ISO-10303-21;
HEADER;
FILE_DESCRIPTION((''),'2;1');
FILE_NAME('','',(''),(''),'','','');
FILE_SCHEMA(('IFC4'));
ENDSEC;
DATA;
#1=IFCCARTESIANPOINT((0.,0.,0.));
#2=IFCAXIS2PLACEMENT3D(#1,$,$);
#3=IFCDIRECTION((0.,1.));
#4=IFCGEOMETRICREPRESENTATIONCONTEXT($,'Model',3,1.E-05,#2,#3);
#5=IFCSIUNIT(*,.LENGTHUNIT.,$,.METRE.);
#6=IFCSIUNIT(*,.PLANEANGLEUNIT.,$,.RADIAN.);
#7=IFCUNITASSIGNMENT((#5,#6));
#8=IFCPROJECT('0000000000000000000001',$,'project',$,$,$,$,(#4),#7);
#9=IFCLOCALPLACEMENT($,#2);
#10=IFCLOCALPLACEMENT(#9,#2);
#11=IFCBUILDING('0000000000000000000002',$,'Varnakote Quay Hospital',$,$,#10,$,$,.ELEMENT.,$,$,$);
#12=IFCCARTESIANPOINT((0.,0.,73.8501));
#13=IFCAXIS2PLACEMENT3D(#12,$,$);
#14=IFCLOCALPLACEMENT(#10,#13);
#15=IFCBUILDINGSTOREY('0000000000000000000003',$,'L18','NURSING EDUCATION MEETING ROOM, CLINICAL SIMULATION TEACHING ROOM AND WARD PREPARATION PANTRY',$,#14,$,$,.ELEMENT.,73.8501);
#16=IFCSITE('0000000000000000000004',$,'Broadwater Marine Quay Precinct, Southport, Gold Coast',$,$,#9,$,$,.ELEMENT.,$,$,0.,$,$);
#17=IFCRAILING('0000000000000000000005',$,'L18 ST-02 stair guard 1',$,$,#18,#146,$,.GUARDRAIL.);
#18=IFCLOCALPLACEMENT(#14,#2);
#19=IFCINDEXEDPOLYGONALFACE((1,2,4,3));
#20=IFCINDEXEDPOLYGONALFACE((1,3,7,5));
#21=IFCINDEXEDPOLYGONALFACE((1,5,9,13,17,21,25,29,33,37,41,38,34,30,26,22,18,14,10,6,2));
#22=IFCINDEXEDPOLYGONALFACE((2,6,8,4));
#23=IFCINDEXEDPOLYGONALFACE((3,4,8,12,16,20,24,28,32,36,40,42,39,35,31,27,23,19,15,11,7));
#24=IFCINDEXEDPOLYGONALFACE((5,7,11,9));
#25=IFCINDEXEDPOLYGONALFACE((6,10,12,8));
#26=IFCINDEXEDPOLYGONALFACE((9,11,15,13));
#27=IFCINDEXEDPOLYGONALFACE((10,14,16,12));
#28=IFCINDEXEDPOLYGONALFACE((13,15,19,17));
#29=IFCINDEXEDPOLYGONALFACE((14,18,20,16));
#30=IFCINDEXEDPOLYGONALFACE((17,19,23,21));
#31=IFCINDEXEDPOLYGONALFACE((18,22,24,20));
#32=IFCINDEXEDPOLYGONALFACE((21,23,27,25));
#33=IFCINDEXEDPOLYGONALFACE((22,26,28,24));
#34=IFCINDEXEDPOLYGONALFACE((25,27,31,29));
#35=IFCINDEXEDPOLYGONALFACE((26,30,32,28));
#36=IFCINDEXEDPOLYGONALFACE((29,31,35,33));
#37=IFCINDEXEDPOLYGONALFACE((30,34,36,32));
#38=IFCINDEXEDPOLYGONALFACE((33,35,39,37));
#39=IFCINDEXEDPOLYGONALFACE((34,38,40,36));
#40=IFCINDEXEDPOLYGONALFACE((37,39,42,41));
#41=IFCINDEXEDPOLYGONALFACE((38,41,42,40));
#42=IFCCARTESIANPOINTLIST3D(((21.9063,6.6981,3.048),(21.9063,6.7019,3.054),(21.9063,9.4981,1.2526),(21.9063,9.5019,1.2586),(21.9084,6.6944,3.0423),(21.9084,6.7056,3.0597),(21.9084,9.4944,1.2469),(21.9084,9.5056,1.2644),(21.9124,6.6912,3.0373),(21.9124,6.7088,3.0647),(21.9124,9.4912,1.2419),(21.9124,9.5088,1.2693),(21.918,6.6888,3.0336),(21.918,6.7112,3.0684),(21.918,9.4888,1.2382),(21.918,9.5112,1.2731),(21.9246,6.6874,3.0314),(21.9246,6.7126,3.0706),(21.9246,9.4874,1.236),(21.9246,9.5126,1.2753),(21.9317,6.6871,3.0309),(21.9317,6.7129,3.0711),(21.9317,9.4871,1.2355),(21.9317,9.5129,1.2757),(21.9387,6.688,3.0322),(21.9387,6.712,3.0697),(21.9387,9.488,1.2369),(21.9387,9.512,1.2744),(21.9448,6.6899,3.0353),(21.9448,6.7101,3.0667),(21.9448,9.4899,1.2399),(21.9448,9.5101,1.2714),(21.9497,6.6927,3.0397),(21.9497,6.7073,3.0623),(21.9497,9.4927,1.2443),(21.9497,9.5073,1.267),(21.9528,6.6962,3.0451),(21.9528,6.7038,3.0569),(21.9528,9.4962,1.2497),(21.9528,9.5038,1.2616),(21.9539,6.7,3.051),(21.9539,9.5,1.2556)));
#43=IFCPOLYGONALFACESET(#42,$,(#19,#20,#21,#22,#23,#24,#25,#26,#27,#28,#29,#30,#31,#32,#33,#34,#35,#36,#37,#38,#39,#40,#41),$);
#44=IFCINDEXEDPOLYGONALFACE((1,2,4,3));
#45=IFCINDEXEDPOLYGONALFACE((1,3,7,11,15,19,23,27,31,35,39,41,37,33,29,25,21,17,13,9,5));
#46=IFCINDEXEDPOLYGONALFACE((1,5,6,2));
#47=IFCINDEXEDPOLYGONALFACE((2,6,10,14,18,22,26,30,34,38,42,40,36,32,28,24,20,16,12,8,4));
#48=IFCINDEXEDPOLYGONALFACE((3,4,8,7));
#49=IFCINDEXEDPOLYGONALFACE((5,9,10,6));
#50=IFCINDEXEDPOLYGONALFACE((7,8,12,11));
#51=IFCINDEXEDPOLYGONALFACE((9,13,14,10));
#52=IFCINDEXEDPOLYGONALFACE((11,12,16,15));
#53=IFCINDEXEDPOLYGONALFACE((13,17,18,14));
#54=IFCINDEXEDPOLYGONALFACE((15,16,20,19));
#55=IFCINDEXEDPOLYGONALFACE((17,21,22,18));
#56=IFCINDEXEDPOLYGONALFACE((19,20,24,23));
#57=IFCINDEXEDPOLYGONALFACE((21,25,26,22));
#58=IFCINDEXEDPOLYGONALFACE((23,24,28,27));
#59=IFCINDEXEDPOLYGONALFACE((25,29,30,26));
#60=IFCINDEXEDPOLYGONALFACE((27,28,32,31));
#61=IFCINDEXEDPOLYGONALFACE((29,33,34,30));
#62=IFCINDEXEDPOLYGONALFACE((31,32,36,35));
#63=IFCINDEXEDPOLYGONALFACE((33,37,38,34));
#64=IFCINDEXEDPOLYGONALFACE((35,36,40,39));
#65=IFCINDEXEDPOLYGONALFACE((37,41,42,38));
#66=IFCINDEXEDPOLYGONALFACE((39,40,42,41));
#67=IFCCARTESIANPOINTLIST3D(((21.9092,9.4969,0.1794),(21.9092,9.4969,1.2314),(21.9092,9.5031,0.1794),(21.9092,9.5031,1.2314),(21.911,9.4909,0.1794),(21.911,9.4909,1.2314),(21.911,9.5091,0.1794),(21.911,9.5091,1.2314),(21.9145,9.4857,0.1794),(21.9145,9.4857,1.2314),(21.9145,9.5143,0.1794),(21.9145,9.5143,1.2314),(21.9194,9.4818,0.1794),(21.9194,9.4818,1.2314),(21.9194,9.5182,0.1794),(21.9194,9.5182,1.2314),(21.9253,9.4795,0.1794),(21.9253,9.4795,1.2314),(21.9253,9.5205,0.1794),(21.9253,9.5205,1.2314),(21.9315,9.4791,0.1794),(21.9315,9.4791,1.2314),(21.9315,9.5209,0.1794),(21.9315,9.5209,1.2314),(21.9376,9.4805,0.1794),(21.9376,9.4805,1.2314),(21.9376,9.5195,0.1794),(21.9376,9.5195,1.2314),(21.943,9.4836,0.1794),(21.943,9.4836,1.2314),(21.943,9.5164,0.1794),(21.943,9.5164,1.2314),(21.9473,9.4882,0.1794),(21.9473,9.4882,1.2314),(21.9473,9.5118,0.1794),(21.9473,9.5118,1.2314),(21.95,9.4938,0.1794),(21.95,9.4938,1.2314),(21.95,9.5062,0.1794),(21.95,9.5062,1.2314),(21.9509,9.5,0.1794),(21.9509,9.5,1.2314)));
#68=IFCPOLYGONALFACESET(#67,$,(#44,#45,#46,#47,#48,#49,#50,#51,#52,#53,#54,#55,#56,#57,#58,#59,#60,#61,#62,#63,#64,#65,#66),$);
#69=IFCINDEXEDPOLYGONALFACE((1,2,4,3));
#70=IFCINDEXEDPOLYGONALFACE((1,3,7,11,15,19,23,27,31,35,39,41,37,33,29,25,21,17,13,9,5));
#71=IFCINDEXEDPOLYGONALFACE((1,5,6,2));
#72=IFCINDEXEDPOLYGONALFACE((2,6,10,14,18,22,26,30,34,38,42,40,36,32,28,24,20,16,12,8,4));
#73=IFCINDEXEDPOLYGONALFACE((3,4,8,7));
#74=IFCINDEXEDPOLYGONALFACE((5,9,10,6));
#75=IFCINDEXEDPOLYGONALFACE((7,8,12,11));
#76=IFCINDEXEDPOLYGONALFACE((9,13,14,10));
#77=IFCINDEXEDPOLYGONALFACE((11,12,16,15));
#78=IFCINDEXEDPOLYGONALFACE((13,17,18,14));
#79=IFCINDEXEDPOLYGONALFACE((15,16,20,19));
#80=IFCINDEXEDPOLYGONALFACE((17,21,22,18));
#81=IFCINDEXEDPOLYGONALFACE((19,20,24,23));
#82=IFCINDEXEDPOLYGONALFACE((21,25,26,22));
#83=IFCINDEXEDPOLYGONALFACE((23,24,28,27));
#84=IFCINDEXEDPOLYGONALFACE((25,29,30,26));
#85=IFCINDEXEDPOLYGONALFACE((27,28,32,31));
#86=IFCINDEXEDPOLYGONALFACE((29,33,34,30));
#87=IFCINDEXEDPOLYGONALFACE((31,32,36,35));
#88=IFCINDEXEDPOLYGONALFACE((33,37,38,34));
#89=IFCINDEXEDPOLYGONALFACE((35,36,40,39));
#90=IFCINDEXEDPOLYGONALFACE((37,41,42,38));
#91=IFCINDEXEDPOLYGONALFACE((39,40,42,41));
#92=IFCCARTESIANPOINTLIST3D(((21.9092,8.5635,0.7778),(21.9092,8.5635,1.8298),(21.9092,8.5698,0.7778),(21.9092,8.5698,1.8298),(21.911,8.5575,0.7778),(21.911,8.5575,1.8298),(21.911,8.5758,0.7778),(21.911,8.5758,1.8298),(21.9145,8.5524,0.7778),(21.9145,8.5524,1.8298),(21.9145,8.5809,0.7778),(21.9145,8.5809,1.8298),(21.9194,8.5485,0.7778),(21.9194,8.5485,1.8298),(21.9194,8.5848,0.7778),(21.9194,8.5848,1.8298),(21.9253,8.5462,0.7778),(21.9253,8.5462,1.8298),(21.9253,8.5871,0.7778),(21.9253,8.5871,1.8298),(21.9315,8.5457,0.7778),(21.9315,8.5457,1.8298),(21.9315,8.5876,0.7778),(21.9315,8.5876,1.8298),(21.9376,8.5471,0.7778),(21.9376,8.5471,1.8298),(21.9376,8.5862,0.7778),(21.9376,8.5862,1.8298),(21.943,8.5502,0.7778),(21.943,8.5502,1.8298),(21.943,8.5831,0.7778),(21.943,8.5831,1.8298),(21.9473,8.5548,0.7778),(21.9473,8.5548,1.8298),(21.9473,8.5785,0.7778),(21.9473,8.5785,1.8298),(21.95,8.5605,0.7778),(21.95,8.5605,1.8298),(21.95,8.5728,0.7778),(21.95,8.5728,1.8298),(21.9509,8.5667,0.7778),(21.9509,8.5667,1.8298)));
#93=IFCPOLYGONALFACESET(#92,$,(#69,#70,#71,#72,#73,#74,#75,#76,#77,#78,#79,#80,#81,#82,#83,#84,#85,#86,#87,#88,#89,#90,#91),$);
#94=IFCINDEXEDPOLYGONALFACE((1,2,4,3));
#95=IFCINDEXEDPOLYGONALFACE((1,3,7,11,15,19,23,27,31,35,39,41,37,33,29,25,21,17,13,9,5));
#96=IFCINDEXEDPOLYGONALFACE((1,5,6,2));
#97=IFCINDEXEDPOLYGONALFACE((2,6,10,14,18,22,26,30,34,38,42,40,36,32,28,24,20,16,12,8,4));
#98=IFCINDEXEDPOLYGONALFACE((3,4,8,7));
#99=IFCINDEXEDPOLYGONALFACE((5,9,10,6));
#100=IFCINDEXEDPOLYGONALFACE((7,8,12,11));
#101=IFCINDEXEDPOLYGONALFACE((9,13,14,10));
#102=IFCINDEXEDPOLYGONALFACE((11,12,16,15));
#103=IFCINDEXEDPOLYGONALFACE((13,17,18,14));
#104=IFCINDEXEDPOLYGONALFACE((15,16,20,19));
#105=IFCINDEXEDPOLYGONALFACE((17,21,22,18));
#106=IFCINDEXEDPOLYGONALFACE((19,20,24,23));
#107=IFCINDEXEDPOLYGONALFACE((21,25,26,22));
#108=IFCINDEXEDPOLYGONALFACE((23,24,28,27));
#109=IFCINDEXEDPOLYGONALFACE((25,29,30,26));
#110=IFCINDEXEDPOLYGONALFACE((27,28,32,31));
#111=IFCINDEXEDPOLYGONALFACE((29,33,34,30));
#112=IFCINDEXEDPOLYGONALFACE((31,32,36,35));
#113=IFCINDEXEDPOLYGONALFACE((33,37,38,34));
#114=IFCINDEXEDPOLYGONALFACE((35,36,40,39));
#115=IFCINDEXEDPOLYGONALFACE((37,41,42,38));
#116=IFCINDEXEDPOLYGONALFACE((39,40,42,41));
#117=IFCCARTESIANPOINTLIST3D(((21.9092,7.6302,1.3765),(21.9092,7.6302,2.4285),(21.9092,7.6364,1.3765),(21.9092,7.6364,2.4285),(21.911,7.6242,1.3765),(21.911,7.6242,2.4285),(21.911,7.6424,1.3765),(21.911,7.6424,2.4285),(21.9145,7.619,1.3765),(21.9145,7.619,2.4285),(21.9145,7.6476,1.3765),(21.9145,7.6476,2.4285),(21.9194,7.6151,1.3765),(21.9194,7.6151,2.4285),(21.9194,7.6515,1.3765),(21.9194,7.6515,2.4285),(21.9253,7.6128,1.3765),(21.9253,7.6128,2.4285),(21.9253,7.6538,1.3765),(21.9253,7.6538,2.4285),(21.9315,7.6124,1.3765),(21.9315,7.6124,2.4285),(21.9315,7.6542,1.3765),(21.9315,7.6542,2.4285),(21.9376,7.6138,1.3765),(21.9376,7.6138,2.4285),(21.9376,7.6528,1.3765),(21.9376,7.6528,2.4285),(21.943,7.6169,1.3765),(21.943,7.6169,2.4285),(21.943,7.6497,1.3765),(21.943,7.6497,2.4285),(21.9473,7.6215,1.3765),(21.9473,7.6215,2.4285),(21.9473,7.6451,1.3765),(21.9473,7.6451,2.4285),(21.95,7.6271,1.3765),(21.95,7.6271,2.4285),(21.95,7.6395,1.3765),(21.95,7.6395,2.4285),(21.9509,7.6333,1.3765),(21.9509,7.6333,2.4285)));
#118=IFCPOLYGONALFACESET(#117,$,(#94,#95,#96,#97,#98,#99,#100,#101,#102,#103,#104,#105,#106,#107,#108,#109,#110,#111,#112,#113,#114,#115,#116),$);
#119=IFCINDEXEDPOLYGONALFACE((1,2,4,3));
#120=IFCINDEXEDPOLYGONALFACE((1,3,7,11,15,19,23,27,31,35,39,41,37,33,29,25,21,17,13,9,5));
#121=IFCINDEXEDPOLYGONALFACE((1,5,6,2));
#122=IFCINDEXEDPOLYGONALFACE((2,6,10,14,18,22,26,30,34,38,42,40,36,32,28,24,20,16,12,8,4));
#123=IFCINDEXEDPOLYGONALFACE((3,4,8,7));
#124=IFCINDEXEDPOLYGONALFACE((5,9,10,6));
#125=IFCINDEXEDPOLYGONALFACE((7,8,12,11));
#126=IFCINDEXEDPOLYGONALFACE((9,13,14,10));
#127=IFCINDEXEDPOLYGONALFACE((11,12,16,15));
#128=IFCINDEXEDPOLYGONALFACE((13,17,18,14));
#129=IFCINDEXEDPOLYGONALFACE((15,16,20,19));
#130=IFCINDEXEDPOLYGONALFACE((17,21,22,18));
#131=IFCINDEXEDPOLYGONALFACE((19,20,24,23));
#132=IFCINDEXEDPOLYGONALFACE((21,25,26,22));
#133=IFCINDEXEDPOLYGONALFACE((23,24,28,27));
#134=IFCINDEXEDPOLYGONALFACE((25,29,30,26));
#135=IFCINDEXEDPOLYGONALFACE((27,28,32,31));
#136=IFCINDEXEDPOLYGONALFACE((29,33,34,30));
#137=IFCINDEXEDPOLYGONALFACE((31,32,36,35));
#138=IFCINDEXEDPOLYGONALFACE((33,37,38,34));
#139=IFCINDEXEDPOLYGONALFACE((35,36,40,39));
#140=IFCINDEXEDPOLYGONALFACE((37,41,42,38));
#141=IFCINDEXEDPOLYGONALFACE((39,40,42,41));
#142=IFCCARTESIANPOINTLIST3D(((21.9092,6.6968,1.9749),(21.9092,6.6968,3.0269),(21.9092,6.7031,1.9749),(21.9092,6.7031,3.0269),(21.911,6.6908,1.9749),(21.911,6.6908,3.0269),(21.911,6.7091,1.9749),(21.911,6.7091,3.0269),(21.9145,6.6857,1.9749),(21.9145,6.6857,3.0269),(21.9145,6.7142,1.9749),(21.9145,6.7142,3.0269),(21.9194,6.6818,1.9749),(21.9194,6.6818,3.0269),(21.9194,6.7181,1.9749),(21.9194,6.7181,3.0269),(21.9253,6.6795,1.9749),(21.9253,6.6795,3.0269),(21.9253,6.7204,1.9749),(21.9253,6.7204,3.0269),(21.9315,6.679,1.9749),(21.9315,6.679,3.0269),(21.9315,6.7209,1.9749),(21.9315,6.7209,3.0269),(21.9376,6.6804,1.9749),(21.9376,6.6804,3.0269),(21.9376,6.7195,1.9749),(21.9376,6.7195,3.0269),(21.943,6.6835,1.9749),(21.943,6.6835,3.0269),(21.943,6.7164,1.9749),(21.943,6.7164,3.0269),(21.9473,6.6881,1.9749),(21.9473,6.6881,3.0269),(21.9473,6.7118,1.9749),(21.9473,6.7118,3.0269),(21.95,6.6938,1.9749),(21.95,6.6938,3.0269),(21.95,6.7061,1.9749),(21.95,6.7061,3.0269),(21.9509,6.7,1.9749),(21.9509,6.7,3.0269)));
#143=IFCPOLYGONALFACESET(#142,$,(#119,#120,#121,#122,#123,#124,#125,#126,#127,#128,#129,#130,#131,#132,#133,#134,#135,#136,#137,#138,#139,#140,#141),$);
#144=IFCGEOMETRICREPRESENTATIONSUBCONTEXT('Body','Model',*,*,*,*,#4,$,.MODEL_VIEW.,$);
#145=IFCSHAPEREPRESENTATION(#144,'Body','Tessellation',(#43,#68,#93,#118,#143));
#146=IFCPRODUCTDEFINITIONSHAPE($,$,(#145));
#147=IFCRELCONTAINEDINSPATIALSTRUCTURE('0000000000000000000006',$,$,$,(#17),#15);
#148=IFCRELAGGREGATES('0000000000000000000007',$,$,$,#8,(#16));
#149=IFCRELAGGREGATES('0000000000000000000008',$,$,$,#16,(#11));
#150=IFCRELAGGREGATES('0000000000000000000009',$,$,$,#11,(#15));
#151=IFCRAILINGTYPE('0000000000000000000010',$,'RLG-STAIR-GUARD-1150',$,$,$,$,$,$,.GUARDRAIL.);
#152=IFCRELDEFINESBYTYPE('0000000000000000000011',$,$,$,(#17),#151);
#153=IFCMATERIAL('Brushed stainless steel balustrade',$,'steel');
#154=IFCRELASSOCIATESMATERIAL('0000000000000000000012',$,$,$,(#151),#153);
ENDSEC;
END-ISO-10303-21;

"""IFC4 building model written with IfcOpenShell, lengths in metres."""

from ifc_helpers import new_model, si_unit, direction, frame, origin, origin_2d, place, context, subcontext, project, spatial, circle, extrude, material, type_object, element, save


model = new_model("IFC4")

# Units and contexts
model_context = context("Model", 3, precision=1e-05, world=origin(), true_north=direction((0.0, 1.0)))
body_context = subcontext(model_context, "Body", "Model", "MODEL_VIEW")
ifc_project = project(units=[si_unit("LENGTHUNIT", "METRE"), si_unit("PLANEANGLEUNIT", "RADIAN")], contexts=[model_context])

# Site, building, storey
site_placement = place(None, origin())
site = spatial("IfcSite", under=ifc_project, at=site_placement, Name="Broadwater Marine Quay Precinct, Southport, Gold Coast", CompositionType="ELEMENT", RefElevation=0.0)
building_placement = place(site_placement, origin())
building = spatial("IfcBuilding", under=site, at=building_placement, Name="Varnakote Quay Hospital", CompositionType="ELEMENT")
storey_placement = place(building_placement, frame((0.0, 0.0, 73.8501)))
storey = spatial("IfcBuildingStorey", under=building, at=storey_placement, Name="L18", Description="NURSING EDUCATION MEETING ROOM, CLINICAL SIMULATION TEACHING ROOM AND WARD PREPARATION PANTRY", CompositionType="ELEMENT", Elevation=73.8501)

# Railing
ifc_material_1 = material(Name="Brushed stainless steel balustrade", Category="steel")
railing_type_1 = type_object("IfcRailingType", Name="RLG-STAIR-GUARD-1150", PredefinedType="GUARDRAIL", material=ifc_material_1)
railing_1_placement = place(storey_placement, frame((21.9299, 9.5, 0.1794)))
element("IfcRailing", 1, at=railing_1_placement, inside=storey, type_object=railing_type_1, Name="L18 ST-02 stair guard 1", PredefinedType="GUARDRAIL", context=body_context, shape_type="SweptSolid", body=[
    extrude(circle(Radius=0.0239, at=origin_2d()), frame((0.0, 0.0, 1.0762), z_axis=(0.0, -0.84181, 0.539774), x_axis=(1.0, 0.0, 0.0)), (0.0, 0.0, 1.0), 3.3262),
    extrude(circle(Radius=0.021, at=origin_2d()), origin(), (0.0, 0.0, 1.0), 1.052),
    extrude(circle(Radius=0.021, at=origin_2d()), frame((0.0, -0.9333, 0.5984)), (0.0, 0.0, 1.0), 1.052),
    extrude(circle(Radius=0.021, at=origin_2d()), frame((0.0, -1.8667, 1.197)), (0.0, 0.0, 1.0), 1.052),
    extrude(circle(Radius=0.021, at=origin_2d()), frame((0.0, -2.8, 1.7954)), (0.0, 0.0, 1.0), 1.052),
])

save(model, "model.ifc")
